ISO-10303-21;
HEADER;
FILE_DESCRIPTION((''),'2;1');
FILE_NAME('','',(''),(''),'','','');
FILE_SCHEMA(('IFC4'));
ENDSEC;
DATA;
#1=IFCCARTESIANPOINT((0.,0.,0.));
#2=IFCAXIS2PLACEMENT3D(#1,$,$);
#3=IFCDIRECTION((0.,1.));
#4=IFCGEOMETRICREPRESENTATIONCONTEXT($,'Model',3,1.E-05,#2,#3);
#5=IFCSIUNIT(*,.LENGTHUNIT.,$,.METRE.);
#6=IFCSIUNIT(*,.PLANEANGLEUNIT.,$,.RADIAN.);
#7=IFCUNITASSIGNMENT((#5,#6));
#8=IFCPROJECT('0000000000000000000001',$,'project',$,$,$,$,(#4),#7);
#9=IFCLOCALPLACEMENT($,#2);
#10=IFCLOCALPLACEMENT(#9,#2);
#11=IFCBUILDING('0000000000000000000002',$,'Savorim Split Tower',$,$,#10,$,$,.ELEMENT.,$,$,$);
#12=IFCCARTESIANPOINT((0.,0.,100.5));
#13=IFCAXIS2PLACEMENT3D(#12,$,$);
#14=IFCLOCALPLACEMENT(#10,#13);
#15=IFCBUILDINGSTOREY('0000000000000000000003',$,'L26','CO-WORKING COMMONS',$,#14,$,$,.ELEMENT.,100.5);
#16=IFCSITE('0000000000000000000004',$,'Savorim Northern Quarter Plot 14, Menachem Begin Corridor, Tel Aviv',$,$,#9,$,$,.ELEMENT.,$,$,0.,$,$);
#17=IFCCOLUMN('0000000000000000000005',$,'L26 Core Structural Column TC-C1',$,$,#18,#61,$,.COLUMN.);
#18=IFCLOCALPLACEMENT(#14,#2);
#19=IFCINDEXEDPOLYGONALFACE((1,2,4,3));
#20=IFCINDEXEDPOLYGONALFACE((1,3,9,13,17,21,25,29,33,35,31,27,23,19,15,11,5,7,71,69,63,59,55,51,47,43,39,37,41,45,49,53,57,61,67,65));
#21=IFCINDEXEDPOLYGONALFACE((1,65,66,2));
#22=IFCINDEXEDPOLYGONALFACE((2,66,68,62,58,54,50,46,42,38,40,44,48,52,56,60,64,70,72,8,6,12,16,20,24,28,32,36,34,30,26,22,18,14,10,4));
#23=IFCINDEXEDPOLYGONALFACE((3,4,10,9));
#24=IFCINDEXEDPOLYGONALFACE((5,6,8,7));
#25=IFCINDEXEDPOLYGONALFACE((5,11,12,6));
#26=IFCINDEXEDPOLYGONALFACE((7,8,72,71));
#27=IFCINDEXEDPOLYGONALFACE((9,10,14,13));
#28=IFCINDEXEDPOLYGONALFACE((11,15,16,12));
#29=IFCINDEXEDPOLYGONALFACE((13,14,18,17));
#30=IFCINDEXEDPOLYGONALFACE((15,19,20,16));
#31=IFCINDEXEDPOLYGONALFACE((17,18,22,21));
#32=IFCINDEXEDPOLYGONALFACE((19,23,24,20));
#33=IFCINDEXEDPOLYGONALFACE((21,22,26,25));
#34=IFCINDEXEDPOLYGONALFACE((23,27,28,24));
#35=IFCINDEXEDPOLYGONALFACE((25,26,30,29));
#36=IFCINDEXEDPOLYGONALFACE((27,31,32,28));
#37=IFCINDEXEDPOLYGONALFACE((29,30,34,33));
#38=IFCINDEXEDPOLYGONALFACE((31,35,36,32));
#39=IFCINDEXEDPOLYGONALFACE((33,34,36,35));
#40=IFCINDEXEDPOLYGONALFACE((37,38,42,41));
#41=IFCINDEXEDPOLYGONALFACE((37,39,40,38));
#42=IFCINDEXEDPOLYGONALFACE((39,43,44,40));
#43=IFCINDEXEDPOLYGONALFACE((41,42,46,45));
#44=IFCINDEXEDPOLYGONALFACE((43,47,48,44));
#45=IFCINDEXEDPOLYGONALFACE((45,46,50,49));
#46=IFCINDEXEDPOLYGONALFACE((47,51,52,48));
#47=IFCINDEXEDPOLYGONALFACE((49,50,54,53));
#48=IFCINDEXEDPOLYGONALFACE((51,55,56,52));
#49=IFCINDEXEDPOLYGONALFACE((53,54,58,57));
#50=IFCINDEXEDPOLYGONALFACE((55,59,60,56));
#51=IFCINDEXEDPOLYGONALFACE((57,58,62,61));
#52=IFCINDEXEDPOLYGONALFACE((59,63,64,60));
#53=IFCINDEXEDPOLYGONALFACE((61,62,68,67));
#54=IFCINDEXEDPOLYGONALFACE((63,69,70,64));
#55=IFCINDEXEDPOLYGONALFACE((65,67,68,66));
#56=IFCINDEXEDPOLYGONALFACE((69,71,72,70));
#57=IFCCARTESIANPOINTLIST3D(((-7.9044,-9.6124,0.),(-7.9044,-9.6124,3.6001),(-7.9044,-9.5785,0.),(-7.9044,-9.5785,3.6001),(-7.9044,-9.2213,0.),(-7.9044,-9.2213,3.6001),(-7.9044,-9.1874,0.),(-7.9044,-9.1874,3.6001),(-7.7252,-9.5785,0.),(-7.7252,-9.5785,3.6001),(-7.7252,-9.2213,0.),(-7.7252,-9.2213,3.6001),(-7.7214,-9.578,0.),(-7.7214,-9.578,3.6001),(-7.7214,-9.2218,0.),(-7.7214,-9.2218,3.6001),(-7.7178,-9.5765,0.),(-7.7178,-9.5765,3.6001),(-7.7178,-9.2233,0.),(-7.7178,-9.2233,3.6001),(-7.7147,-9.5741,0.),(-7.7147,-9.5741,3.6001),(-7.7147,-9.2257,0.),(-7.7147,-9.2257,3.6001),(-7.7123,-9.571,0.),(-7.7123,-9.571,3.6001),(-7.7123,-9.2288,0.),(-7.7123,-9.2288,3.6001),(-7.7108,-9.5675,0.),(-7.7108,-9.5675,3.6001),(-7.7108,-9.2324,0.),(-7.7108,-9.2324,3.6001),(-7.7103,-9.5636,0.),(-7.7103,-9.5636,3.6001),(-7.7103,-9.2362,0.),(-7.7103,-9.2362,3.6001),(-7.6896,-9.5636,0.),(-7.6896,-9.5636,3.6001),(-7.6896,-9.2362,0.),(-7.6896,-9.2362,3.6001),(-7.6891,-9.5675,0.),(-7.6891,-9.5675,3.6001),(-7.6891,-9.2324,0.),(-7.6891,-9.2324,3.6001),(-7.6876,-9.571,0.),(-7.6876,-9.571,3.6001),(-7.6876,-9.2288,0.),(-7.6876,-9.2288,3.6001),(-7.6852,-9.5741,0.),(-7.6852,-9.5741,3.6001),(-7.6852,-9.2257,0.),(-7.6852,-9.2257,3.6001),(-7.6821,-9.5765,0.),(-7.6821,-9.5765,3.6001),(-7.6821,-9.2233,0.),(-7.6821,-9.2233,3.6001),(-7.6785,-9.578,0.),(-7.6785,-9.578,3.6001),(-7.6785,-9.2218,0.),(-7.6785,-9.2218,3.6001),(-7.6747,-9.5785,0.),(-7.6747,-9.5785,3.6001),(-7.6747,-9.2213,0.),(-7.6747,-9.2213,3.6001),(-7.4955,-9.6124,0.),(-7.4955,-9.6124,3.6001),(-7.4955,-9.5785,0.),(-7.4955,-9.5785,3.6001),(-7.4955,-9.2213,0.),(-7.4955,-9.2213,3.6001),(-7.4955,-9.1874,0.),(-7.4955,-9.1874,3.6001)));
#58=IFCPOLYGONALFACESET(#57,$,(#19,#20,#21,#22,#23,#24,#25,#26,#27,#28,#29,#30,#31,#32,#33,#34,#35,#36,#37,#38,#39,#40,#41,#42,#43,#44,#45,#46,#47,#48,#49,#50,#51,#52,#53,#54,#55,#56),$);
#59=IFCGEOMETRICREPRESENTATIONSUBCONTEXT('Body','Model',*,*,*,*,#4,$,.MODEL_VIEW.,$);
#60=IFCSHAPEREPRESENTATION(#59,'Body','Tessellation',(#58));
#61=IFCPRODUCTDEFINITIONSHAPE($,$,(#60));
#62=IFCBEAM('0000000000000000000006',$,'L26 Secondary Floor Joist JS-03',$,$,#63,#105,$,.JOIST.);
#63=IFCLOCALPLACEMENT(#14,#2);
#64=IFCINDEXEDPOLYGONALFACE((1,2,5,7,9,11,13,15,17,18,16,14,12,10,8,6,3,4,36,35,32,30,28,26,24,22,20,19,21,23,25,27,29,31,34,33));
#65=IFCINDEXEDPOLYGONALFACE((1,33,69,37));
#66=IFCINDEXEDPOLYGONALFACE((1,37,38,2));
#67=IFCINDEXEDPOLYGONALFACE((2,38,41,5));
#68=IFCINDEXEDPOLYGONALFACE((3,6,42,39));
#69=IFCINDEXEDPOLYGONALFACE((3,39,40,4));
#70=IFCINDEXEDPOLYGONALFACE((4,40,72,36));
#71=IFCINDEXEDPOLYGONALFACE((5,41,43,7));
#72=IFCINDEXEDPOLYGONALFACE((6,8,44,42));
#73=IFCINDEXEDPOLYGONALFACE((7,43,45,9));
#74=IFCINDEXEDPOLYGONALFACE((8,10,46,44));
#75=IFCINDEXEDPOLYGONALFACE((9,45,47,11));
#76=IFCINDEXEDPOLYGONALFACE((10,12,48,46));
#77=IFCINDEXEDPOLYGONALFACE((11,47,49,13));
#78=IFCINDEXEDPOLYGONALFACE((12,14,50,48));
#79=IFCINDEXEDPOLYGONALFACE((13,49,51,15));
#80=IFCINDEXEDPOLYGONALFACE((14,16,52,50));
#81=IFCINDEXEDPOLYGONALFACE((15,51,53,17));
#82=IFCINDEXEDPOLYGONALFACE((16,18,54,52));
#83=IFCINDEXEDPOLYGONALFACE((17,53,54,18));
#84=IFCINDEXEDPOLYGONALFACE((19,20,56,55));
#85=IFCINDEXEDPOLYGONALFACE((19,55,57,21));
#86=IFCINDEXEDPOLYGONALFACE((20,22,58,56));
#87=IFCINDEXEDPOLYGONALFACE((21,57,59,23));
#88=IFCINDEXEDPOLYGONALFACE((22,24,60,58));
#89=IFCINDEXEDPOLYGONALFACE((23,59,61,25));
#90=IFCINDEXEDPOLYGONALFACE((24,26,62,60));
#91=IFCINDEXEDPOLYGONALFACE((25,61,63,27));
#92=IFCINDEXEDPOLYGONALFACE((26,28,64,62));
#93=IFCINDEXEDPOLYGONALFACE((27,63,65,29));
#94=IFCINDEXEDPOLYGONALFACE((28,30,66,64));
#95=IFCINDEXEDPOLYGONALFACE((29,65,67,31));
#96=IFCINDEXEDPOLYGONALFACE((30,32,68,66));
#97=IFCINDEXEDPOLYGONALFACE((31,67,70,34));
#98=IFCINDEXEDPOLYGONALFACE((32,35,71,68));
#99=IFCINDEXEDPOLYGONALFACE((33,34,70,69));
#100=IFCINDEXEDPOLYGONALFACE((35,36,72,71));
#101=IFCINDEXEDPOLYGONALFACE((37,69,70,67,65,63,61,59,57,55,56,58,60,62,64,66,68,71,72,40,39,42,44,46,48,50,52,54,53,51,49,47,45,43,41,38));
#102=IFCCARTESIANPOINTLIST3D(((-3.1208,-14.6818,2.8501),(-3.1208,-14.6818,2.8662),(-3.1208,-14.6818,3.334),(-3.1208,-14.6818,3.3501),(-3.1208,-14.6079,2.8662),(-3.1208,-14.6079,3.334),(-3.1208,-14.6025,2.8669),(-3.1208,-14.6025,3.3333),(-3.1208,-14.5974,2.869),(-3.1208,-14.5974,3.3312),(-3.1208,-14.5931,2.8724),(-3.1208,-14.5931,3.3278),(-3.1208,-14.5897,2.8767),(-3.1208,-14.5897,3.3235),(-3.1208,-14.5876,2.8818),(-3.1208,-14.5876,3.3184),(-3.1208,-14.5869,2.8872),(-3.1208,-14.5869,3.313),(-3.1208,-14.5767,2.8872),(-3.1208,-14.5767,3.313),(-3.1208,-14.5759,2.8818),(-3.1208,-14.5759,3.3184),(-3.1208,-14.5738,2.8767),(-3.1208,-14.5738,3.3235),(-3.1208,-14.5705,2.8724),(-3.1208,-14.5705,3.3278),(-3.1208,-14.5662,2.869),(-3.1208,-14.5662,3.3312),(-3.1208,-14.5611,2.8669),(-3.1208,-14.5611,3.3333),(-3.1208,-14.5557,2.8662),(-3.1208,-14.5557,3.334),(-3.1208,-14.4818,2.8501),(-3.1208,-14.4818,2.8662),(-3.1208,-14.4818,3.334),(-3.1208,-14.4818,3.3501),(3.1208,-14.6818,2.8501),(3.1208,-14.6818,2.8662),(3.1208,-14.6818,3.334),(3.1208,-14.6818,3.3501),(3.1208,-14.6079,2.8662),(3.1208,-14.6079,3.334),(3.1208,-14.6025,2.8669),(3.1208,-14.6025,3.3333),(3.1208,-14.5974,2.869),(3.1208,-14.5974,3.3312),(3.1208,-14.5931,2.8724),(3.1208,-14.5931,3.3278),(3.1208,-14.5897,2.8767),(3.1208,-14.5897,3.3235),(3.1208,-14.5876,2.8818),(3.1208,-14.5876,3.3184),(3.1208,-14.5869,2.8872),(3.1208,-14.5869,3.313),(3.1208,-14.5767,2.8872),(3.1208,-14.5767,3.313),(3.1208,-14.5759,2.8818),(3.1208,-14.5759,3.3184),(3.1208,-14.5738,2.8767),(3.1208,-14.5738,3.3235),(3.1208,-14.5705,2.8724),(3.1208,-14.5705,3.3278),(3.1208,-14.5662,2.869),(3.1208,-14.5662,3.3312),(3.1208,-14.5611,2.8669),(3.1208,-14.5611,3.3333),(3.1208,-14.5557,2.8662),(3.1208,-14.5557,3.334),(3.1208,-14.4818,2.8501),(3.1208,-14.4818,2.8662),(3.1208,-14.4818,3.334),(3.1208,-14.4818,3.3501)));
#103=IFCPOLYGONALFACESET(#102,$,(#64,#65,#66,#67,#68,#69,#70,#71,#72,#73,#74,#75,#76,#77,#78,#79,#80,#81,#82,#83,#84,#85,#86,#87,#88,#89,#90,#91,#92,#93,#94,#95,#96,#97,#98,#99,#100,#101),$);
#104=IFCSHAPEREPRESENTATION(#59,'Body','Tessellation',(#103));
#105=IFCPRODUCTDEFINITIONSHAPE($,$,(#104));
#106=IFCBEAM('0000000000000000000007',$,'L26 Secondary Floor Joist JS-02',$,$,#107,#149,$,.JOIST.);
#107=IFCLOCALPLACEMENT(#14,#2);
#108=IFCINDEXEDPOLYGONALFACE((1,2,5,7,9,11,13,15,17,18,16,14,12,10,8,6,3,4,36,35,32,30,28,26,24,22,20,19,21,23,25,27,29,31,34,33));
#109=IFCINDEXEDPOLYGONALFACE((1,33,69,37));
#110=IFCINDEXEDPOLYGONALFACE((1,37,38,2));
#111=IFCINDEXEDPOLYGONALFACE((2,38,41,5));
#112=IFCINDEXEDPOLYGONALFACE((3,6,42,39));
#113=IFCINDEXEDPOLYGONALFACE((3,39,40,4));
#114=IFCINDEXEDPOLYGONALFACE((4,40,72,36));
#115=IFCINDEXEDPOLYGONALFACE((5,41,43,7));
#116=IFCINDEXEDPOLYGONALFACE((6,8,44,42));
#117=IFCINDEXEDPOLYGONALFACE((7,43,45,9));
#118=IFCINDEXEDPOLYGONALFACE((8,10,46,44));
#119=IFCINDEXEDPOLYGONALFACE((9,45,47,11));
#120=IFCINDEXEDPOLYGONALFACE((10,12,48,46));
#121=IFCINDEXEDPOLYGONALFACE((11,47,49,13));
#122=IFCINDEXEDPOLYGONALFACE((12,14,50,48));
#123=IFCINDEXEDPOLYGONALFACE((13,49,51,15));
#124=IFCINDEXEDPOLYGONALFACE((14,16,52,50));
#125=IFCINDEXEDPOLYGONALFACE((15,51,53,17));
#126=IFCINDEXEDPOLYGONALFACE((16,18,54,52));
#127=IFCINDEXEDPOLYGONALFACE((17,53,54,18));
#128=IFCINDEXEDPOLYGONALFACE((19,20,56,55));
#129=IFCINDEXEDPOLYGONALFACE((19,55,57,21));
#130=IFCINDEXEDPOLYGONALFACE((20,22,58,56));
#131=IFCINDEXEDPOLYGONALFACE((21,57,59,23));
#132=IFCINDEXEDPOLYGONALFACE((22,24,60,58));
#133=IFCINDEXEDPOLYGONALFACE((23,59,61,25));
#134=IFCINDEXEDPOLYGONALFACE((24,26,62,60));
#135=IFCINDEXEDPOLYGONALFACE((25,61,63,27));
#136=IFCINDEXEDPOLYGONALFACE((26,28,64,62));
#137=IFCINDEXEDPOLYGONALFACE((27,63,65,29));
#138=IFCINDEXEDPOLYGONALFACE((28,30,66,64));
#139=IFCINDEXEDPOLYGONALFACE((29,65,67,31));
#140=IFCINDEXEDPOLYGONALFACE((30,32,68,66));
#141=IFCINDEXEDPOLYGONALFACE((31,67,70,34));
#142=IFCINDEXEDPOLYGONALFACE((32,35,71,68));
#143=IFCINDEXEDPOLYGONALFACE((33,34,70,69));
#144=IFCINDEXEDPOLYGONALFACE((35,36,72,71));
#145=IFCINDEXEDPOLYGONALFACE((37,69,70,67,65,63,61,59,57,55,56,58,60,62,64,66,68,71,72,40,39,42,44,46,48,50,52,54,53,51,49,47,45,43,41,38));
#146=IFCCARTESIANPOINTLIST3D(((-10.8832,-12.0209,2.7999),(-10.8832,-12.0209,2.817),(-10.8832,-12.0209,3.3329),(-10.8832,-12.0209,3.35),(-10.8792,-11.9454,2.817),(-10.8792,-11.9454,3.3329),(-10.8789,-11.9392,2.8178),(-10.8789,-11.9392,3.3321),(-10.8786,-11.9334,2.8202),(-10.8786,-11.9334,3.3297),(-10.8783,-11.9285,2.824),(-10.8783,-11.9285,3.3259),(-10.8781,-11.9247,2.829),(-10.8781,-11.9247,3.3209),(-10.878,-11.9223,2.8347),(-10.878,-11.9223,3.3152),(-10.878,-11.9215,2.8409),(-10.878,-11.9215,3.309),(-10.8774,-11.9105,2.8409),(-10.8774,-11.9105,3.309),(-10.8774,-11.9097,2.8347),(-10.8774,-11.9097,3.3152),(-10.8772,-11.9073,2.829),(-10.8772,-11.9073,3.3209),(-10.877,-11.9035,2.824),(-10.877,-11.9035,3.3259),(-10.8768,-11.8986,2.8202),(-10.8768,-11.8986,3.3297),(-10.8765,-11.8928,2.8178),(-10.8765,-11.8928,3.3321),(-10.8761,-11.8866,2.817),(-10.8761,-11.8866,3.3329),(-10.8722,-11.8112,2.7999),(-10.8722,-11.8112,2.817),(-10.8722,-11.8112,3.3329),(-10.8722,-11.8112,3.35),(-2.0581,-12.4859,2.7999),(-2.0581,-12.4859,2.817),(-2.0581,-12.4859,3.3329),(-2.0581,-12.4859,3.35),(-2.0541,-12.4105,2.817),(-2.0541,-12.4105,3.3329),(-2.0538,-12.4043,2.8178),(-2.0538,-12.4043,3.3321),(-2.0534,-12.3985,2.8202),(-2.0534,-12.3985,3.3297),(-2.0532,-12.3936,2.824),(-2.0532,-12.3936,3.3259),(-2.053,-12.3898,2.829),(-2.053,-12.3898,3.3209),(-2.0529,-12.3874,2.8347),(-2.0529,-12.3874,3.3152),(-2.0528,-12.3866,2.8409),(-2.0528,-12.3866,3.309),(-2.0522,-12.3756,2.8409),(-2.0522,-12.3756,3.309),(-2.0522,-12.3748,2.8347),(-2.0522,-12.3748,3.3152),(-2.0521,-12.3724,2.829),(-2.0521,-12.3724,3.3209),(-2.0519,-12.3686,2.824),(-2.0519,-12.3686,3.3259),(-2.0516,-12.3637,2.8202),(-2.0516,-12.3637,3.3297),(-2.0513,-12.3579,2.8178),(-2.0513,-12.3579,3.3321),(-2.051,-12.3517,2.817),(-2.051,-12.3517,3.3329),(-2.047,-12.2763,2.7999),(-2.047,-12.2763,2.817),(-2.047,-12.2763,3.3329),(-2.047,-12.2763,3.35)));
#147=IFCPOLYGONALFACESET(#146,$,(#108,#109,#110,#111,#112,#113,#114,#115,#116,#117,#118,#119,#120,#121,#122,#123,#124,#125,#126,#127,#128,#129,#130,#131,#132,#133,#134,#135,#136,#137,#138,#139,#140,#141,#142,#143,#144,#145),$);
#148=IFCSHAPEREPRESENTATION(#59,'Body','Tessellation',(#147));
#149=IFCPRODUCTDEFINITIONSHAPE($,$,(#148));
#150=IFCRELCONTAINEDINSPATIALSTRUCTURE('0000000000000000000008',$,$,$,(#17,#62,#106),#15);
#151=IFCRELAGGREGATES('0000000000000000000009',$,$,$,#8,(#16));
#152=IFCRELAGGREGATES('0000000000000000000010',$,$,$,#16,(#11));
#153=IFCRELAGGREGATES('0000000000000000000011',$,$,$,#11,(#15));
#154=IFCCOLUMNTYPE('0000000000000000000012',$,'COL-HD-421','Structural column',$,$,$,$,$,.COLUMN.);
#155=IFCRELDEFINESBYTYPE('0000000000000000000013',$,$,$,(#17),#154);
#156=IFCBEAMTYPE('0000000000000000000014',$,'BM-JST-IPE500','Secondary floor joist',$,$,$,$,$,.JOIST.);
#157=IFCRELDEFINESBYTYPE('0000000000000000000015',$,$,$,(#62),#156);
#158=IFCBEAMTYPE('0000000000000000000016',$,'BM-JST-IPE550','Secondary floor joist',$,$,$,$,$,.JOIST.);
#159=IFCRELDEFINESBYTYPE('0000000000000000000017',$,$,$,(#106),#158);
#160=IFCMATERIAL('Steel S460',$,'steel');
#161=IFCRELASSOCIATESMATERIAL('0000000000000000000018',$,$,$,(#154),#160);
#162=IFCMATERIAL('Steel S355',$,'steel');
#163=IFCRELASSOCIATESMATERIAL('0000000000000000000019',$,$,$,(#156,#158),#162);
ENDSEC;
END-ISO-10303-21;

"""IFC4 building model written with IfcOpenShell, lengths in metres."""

from ifc_helpers import new_model, si_unit, direction, frame, origin, origin_2d, place, context, subcontext, project, spatial, i_section, extrude, material, material_profile, profile_set, type_object, element, save


model = new_model("IFC4")

# Units and contexts
model_context = context("Model", 3, precision=1e-05, world=origin(), true_north=direction((0.0, 1.0)))
body_context = subcontext(model_context, "Body", "Model", "MODEL_VIEW")
ifc_project = project(units=[si_unit("LENGTHUNIT", "METRE"), si_unit("PLANEANGLEUNIT", "RADIAN")], contexts=[model_context])

# Site, building, storey
site_placement = place(None, origin())
site = spatial("IfcSite", under=ifc_project, at=site_placement, Name="Savorim Northern Quarter Plot 14, Menachem Begin Corridor, Tel Aviv", CompositionType="ELEMENT", RefElevation=0.0)
building_placement = place(site_placement, origin())
building = spatial("IfcBuilding", under=site, at=building_placement, Name="Savorim Split Tower", CompositionType="ELEMENT")
storey_placement = place(building_placement, frame((0.0, 0.0, 100.5)))
storey = spatial("IfcBuildingStorey", under=building, at=storey_placement, Name="L26", Description="CO-WORKING COMMONS", CompositionType="ELEMENT", Elevation=100.5)

# Column
ifc_material_1 = material(Name="Steel S460", Category="steel")
ifc_material_profile_1 = material_profile(ifc_material_1, i_section(OverallWidth=0.4089, OverallDepth=0.425, WebThickness=0.0208, FlangeThickness=0.0339, FilletRadius=0.0149, at=origin_2d()), Name="HD 400x421")
ifc_profile_set_1 = profile_set([ifc_material_profile_1], Name="Steel S460")
column_type = type_object("IfcColumnType", Name="COL-HD-421", Description="Structural column", PredefinedType="COLUMN", material=ifc_profile_set_1)
column_placement = place(storey_placement, frame((-7.7, -9.3999, 0.0), z_axis=(0.0, 0.0, 1.0), x_axis=(1.0, 0.0, 0.0)))
element("IfcColumn", 1, at=column_placement, inside=storey, type_object=column_type, Name="L26 Core Structural Column TC-C1", PredefinedType="COLUMN", context=body_context, shape_type="SweptSolid", body=[
    extrude(i_section(OverallWidth=0.4089, OverallDepth=0.425, WebThickness=0.0208, FlangeThickness=0.0339, FilletRadius=0.0149, at=origin_2d()), origin(), (0.0, 0.0, 1.0), 3.6001),
])

# Beams
ifc_material_2 = material(Name="Steel S355", Category="steel")
ifc_material_profile_2 = material_profile(ifc_material_2, i_section(OverallWidth=0.2, OverallDepth=0.5, WebThickness=0.0103, FlangeThickness=0.0161, FilletRadius=0.021, at=origin_2d()), Name="IPE 500")
ifc_profile_set_2 = profile_set([ifc_material_profile_2], Name="Steel S355")
beam_type_1 = type_object("IfcBeamType", Name="BM-JST-IPE500", Description="Secondary floor joist", PredefinedType="JOIST", material=ifc_profile_set_2)
beam_1_placement = place(storey_placement, frame((-3.1208, -14.5818, 3.1001), z_axis=(1.0, 0.0, 0.0), x_axis=(0.0, 1.0, 0.0)))
element("IfcBeam", 2, at=beam_1_placement, inside=storey, type_object=beam_type_1, Name="L26 Secondary Floor Joist JS-03", PredefinedType="JOIST", context=body_context, shape_type="SweptSolid", body=[
    extrude(i_section(OverallWidth=0.2, OverallDepth=0.5, WebThickness=0.0103, FlangeThickness=0.0161, FilletRadius=0.021, at=origin_2d()), origin(), (0.0, 0.0, 1.0), 6.2417),
])
ifc_material_profile_3 = material_profile(ifc_material_2, i_section(OverallWidth=0.21, OverallDepth=0.55, WebThickness=0.011, FlangeThickness=0.0171, FilletRadius=0.0239, at=origin_2d()), Name="IPE 550")
ifc_profile_set_3 = profile_set([ifc_material_profile_3], Name="Steel S355")
beam_type_2 = type_object("IfcBeamType", Name="BM-JST-IPE550", Description="Secondary floor joist", PredefinedType="JOIST", material=ifc_profile_set_3)
beam_2_placement = place(storey_placement, frame((-10.8777, -11.916, 3.075), z_axis=(0.998614, -0.052627, 0.0), x_axis=(0.052627, 0.998614, 0.0)))
element("IfcBeam", 3, at=beam_2_placement, inside=storey, type_object=beam_type_2, Name="L26 Secondary Floor Joist JS-02", PredefinedType="JOIST", context=body_context, shape_type="SweptSolid", body=[
    extrude(i_section(OverallWidth=0.21, OverallDepth=0.55, WebThickness=0.011, FlangeThickness=0.0171, FilletRadius=0.0239, at=origin_2d()), origin(), (0.0, 0.0, 1.0), 8.8374),
])

save(model, "model.ifc")
